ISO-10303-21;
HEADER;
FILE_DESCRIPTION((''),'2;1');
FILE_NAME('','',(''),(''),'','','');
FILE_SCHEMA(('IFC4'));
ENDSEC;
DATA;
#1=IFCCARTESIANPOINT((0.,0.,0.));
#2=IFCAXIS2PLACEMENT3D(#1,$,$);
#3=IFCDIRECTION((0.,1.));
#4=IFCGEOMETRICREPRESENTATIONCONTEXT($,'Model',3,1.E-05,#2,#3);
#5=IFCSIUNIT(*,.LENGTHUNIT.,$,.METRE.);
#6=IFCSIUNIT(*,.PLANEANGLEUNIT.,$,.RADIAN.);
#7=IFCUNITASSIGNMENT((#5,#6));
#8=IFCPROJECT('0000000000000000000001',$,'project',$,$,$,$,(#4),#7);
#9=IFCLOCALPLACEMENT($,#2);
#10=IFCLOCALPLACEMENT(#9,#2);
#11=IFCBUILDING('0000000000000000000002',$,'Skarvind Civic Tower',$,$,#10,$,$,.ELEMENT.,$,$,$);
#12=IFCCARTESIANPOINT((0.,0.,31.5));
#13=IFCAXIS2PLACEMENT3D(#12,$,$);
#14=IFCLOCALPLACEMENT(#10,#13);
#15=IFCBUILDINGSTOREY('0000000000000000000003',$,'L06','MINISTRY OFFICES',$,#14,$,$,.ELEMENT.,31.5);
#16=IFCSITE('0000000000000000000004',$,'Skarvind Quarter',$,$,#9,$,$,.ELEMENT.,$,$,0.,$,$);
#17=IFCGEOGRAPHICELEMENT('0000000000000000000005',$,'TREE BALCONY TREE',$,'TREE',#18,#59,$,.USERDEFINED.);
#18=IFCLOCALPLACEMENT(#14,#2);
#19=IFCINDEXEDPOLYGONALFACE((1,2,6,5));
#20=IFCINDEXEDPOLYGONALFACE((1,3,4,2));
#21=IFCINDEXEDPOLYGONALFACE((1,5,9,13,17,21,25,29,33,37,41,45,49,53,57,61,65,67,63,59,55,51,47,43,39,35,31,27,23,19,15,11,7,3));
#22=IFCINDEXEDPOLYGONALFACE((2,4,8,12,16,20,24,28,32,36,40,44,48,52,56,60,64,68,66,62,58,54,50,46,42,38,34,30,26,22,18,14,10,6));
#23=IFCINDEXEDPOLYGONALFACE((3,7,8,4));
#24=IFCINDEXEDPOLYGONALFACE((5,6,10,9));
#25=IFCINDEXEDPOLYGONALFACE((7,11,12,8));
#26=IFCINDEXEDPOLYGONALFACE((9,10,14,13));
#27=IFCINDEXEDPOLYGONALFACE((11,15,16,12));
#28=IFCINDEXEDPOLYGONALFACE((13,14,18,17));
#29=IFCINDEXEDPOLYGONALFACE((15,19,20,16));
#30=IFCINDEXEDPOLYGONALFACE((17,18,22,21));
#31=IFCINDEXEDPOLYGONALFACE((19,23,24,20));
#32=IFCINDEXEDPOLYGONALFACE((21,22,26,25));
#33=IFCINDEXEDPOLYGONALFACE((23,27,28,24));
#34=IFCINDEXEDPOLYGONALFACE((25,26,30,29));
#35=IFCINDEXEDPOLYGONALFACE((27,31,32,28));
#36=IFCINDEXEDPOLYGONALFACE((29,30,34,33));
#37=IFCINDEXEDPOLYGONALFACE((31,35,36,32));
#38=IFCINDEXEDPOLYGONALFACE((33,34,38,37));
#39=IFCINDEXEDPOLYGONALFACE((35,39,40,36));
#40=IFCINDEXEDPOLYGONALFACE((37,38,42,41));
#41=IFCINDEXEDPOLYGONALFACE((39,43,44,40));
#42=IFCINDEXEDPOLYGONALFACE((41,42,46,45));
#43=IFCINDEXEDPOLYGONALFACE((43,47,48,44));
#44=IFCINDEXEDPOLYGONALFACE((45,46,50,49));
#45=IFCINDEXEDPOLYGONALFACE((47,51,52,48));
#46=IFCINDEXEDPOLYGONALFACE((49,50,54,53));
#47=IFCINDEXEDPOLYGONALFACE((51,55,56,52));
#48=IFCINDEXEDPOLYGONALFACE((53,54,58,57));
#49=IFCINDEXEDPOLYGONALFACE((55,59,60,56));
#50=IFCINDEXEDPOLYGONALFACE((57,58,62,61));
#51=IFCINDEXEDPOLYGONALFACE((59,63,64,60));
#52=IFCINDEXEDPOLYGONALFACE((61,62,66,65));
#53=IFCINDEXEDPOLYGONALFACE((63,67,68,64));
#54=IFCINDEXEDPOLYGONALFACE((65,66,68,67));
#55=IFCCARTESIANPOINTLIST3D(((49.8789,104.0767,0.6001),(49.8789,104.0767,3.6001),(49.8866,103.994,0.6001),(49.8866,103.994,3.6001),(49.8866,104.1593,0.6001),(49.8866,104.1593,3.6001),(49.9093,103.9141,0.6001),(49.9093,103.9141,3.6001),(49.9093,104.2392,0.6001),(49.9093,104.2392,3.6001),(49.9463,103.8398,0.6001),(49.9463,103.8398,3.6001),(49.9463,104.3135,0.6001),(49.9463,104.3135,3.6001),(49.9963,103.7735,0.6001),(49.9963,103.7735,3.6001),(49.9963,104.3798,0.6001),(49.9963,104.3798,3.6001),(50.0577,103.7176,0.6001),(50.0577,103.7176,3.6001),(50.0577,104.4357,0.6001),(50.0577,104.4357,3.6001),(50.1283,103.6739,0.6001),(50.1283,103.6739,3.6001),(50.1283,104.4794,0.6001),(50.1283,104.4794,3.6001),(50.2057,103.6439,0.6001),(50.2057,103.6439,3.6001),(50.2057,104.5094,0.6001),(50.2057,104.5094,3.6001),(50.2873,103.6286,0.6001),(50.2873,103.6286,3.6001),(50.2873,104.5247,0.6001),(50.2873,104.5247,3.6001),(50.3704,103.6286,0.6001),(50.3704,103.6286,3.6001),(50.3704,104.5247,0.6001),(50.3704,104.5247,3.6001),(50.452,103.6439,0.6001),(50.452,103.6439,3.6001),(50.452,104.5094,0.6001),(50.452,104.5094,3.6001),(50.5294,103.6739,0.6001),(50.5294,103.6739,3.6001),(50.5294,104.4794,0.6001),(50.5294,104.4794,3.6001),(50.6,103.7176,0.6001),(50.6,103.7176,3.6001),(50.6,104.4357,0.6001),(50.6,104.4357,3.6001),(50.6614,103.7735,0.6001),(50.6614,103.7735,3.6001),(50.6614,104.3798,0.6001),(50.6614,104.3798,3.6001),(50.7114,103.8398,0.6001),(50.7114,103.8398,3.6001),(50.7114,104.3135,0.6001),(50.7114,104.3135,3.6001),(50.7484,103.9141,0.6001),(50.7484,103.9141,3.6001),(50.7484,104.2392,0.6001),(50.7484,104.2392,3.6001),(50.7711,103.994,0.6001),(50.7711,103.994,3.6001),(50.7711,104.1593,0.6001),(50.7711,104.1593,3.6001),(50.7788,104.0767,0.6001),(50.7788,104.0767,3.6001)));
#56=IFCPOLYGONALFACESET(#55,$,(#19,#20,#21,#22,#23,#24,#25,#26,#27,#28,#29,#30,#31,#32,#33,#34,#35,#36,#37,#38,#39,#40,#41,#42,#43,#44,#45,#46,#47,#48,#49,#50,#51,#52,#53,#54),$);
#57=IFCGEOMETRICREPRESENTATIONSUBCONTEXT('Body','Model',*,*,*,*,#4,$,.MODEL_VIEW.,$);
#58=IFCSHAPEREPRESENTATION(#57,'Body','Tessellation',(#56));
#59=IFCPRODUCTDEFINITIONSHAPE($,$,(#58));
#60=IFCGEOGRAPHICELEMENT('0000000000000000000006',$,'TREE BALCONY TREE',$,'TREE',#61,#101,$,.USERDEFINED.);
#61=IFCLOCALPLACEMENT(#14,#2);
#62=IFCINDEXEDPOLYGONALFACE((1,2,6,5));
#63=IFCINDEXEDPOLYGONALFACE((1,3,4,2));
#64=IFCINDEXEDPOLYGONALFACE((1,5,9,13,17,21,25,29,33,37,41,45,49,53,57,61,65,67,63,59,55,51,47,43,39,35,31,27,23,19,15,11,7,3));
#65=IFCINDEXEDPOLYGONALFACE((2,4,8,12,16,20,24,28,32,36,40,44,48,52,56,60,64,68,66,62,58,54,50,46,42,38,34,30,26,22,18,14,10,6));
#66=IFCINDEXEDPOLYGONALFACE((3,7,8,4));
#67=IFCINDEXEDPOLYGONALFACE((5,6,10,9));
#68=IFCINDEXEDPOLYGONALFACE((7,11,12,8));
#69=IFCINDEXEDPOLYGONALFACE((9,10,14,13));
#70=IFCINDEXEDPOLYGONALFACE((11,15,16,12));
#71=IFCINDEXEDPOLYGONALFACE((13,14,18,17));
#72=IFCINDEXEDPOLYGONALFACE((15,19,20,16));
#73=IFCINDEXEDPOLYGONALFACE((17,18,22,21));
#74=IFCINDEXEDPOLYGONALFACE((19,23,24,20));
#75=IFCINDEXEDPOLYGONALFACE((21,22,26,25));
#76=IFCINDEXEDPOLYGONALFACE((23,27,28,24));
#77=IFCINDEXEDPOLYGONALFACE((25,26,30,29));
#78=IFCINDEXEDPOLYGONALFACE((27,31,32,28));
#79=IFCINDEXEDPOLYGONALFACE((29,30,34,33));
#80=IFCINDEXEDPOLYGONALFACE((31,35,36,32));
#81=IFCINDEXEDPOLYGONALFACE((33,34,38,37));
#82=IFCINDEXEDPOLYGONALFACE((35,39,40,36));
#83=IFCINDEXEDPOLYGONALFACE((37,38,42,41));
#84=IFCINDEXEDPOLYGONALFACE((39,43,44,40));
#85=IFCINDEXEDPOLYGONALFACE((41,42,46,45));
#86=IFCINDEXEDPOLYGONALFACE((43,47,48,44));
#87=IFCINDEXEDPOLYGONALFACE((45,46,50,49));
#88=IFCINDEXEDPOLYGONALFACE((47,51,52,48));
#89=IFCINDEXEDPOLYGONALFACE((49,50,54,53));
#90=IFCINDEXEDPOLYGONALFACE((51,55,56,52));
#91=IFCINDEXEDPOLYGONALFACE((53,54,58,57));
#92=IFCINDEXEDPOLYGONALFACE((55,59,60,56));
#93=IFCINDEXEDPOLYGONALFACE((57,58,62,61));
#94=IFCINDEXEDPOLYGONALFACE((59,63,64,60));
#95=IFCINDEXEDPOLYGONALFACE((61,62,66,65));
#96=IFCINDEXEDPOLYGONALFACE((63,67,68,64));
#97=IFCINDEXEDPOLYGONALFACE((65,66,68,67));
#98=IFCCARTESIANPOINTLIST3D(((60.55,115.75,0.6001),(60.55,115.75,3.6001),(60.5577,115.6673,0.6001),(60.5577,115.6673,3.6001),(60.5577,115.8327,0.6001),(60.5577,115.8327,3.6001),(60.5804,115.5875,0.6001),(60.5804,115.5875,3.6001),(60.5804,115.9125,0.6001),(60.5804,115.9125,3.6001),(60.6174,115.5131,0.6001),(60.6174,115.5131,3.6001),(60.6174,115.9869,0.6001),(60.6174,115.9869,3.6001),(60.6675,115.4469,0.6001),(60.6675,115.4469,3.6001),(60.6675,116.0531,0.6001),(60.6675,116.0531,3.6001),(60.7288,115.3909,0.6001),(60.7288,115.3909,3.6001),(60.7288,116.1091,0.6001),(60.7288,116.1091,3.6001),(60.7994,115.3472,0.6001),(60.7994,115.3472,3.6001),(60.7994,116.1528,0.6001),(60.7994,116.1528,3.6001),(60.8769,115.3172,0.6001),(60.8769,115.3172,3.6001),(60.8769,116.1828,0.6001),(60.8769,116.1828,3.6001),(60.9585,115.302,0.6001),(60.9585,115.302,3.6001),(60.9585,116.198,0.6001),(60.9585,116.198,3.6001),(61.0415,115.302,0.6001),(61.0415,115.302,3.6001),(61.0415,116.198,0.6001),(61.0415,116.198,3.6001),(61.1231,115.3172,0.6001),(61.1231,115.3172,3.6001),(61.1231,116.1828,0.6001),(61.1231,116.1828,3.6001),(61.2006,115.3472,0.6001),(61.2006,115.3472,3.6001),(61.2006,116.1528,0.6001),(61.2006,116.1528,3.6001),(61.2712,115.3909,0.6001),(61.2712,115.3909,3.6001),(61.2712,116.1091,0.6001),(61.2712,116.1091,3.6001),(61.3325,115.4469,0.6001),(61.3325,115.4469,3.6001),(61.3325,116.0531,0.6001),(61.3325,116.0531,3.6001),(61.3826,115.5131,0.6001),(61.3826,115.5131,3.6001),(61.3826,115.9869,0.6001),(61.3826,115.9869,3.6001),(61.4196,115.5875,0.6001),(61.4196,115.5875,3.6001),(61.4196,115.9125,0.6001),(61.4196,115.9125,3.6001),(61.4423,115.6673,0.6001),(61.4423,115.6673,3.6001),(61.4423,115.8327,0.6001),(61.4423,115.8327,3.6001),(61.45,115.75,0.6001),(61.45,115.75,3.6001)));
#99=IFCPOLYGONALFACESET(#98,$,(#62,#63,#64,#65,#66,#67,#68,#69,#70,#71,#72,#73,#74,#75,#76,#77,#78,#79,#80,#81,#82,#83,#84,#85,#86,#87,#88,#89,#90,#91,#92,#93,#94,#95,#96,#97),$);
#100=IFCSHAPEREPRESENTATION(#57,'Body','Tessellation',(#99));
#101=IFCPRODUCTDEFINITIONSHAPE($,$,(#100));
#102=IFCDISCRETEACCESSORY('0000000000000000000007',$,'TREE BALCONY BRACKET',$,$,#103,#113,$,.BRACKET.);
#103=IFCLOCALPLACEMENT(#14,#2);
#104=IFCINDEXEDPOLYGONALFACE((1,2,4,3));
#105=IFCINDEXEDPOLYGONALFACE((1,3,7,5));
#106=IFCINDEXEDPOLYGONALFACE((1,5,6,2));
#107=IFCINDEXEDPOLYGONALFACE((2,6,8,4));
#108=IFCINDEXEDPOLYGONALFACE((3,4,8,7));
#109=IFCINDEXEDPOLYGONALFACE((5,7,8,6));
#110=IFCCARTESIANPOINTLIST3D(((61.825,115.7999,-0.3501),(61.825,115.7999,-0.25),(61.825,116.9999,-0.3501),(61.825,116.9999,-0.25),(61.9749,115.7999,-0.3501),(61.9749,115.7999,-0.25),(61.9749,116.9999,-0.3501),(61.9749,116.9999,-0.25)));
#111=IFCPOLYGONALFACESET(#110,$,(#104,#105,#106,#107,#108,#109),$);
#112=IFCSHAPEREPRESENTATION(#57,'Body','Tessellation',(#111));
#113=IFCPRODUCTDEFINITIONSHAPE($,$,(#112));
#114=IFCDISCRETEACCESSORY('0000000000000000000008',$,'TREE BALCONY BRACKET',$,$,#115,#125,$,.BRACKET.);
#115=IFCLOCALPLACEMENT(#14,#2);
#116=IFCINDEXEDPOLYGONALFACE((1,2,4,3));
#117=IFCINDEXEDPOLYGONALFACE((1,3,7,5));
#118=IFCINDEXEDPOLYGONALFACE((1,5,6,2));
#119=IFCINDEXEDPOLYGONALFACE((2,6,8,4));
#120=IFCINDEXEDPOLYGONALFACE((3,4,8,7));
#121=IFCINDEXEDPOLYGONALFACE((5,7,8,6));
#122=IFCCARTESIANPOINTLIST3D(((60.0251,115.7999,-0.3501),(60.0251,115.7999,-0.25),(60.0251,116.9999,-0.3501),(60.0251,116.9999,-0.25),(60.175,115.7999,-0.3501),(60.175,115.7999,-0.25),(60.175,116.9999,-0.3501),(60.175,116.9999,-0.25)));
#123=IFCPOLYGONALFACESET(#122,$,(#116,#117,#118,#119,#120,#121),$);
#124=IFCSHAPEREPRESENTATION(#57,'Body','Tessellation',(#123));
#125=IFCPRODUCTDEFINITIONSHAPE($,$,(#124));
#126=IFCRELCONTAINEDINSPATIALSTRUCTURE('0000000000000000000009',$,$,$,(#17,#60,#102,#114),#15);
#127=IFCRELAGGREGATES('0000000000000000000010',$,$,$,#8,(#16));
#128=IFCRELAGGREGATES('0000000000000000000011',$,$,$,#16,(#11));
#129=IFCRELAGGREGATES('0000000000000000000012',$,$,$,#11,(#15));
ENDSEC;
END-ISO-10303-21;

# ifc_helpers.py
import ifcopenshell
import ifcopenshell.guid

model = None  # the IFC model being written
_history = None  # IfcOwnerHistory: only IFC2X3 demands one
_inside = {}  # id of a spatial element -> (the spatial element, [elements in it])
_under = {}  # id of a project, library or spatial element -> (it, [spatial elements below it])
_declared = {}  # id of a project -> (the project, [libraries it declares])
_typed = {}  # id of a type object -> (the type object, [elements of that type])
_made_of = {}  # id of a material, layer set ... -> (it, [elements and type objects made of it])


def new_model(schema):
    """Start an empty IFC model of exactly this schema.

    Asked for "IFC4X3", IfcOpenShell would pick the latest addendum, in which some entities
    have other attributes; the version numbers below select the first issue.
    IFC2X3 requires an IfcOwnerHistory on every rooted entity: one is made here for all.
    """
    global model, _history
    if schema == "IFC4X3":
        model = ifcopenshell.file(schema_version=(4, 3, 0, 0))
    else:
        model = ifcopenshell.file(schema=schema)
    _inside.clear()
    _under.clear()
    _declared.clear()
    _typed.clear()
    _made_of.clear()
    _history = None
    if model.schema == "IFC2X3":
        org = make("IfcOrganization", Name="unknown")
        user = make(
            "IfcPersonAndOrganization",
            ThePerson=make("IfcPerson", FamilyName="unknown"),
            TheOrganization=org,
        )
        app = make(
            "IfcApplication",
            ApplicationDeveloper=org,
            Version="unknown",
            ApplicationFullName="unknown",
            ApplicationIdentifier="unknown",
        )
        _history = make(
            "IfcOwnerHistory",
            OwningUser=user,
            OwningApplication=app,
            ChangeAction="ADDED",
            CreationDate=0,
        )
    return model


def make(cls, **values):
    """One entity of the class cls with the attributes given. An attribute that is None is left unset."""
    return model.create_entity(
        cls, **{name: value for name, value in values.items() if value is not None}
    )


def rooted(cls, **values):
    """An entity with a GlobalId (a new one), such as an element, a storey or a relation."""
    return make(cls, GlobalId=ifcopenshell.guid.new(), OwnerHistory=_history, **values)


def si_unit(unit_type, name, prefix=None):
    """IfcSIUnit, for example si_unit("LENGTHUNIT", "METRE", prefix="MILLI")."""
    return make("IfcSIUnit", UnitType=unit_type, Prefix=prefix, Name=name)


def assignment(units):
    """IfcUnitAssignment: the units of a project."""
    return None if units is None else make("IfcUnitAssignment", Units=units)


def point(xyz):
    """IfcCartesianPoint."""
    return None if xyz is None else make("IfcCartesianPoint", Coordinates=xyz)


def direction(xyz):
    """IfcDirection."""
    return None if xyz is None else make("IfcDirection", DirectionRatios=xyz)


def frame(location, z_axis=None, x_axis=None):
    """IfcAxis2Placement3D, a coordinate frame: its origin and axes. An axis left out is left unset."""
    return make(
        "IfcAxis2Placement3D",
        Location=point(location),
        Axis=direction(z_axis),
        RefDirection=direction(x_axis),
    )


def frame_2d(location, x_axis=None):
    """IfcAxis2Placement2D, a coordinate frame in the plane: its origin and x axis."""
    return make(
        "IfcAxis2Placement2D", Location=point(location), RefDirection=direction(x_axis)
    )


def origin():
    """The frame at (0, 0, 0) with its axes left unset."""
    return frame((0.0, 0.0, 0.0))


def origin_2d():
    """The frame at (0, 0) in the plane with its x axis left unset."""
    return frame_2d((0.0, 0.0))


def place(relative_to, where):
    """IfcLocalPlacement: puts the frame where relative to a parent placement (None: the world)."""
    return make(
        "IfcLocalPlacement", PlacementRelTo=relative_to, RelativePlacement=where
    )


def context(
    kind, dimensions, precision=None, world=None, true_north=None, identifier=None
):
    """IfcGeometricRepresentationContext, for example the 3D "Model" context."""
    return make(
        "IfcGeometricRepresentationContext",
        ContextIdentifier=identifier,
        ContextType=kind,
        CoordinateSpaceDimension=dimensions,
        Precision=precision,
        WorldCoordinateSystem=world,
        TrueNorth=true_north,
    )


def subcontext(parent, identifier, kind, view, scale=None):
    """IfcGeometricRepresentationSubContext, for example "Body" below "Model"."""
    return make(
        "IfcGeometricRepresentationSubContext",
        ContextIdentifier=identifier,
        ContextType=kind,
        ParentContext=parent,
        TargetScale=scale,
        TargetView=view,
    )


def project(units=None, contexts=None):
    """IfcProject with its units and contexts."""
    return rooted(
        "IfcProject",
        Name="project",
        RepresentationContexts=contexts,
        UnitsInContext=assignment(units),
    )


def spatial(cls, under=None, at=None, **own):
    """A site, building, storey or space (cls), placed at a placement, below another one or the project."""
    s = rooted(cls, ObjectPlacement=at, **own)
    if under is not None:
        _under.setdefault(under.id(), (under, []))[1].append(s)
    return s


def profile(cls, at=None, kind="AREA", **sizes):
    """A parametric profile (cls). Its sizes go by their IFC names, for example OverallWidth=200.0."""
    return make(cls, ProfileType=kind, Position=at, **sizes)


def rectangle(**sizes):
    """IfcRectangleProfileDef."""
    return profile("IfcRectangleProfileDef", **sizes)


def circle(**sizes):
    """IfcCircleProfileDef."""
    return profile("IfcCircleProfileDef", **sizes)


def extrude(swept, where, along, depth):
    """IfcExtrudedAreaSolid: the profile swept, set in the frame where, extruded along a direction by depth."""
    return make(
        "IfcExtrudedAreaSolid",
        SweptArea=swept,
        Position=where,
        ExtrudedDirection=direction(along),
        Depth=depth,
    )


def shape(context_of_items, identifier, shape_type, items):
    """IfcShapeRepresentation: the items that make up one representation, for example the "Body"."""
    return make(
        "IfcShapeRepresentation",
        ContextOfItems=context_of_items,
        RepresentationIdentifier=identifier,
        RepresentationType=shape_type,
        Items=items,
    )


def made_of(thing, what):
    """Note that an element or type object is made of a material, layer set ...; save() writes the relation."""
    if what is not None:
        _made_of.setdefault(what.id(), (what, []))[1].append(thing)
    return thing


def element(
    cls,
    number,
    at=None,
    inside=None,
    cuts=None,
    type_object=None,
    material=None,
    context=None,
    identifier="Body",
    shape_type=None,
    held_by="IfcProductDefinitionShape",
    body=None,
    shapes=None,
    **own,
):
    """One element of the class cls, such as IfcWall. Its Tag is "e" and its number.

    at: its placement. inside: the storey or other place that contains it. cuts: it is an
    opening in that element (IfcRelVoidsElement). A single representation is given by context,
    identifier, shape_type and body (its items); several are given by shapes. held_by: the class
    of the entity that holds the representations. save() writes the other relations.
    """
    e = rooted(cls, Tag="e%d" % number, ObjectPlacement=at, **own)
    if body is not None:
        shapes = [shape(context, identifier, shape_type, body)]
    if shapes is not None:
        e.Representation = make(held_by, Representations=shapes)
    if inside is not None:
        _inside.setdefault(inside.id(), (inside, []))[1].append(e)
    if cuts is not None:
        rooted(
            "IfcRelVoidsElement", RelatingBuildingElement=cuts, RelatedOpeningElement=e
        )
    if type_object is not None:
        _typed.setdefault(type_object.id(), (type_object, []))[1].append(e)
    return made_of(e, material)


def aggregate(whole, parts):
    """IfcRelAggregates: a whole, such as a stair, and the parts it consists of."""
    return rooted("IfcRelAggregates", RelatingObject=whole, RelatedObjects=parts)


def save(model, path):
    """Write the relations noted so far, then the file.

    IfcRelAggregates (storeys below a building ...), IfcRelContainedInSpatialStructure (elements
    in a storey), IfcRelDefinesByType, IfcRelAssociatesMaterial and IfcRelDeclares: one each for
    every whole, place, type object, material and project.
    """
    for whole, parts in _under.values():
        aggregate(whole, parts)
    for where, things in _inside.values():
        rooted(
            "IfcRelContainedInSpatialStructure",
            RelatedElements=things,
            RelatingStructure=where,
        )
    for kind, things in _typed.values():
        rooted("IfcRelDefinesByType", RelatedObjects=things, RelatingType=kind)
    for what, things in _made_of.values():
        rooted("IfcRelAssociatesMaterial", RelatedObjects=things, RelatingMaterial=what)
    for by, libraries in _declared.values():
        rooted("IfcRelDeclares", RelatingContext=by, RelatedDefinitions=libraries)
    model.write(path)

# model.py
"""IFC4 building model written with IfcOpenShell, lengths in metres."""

from ifc_helpers import new_model, si_unit, direction, frame, origin, origin_2d, place, context, subcontext, project, spatial, rectangle, circle, extrude, element, save


model = new_model("IFC4")

# Units and contexts
model_context = context("Model", 3, precision=1e-05, world=origin(), true_north=direction((0.0, 1.0)))
body_context = subcontext(model_context, "Body", "Model", "MODEL_VIEW")
ifc_project = project(units=[si_unit("LENGTHUNIT", "METRE"), si_unit("PLANEANGLEUNIT", "RADIAN")], contexts=[model_context])

# Site, building, storey
site_placement = place(None, origin())
site = spatial("IfcSite", under=ifc_project, at=site_placement, Name="Skarvind Quarter", CompositionType="ELEMENT", RefElevation=0.0)
building_placement = place(site_placement, origin())
building = spatial("IfcBuilding", under=site, at=building_placement, Name="Skarvind Civic Tower", CompositionType="ELEMENT")
storey_placement = place(building_placement, frame((0.0, 0.0, 31.5)))
storey = spatial("IfcBuildingStorey", under=building, at=storey_placement, Name="L06", Description="MINISTRY OFFICES", CompositionType="ELEMENT", Elevation=31.5)

# Geographic elements
for number, where, z_axis, x_axis, name in (
    (1, (50.3289, 104.0767, 0.6001), (0.0, 0.0, 1.0), (1.0, 0.0, 0.0), "TREE BALCONY TREE"),
    (2, (61.0, 115.75, 0.6001), (0.0, 0.0, 1.0), (1.0, 0.0, 0.0), "TREE BALCONY TREE"),
):
    element("IfcGeographicElement", number, at=place(storey_placement, frame(where, z_axis=z_axis, x_axis=x_axis)), inside=storey, Name=name, ObjectType="TREE", PredefinedType="USERDEFINED", context=body_context, shape_type="SweptSolid", body=[
        extrude(circle(Radius=0.45, at=origin_2d()), origin(), (0.0, 0.0, 1.0), 3.0),
    ])

# Discrete accessories
for number, where, z_axis, x_axis, name in (
    (3, (61.8999, 116.3999, -0.3501), (0.0, 0.0, 1.0), (-1.0, 0.0, 0.0), "TREE BALCONY BRACKET"),
    (4, (60.1001, 116.3999, -0.3501), (0.0, 0.0, 1.0), (-1.0, 0.0, 0.0), "TREE BALCONY BRACKET"),
):
    element("IfcDiscreteAccessory", number, at=place(storey_placement, frame(where, z_axis=z_axis, x_axis=x_axis)), inside=storey, Name=name, PredefinedType="BRACKET", context=body_context, shape_type="SweptSolid", body=[
        extrude(rectangle(XDim=0.1499, YDim=1.2, at=origin_2d()), origin(), (0.0, 0.0, 1.0), 0.1001),
    ])

save(model, "model.ifc")
